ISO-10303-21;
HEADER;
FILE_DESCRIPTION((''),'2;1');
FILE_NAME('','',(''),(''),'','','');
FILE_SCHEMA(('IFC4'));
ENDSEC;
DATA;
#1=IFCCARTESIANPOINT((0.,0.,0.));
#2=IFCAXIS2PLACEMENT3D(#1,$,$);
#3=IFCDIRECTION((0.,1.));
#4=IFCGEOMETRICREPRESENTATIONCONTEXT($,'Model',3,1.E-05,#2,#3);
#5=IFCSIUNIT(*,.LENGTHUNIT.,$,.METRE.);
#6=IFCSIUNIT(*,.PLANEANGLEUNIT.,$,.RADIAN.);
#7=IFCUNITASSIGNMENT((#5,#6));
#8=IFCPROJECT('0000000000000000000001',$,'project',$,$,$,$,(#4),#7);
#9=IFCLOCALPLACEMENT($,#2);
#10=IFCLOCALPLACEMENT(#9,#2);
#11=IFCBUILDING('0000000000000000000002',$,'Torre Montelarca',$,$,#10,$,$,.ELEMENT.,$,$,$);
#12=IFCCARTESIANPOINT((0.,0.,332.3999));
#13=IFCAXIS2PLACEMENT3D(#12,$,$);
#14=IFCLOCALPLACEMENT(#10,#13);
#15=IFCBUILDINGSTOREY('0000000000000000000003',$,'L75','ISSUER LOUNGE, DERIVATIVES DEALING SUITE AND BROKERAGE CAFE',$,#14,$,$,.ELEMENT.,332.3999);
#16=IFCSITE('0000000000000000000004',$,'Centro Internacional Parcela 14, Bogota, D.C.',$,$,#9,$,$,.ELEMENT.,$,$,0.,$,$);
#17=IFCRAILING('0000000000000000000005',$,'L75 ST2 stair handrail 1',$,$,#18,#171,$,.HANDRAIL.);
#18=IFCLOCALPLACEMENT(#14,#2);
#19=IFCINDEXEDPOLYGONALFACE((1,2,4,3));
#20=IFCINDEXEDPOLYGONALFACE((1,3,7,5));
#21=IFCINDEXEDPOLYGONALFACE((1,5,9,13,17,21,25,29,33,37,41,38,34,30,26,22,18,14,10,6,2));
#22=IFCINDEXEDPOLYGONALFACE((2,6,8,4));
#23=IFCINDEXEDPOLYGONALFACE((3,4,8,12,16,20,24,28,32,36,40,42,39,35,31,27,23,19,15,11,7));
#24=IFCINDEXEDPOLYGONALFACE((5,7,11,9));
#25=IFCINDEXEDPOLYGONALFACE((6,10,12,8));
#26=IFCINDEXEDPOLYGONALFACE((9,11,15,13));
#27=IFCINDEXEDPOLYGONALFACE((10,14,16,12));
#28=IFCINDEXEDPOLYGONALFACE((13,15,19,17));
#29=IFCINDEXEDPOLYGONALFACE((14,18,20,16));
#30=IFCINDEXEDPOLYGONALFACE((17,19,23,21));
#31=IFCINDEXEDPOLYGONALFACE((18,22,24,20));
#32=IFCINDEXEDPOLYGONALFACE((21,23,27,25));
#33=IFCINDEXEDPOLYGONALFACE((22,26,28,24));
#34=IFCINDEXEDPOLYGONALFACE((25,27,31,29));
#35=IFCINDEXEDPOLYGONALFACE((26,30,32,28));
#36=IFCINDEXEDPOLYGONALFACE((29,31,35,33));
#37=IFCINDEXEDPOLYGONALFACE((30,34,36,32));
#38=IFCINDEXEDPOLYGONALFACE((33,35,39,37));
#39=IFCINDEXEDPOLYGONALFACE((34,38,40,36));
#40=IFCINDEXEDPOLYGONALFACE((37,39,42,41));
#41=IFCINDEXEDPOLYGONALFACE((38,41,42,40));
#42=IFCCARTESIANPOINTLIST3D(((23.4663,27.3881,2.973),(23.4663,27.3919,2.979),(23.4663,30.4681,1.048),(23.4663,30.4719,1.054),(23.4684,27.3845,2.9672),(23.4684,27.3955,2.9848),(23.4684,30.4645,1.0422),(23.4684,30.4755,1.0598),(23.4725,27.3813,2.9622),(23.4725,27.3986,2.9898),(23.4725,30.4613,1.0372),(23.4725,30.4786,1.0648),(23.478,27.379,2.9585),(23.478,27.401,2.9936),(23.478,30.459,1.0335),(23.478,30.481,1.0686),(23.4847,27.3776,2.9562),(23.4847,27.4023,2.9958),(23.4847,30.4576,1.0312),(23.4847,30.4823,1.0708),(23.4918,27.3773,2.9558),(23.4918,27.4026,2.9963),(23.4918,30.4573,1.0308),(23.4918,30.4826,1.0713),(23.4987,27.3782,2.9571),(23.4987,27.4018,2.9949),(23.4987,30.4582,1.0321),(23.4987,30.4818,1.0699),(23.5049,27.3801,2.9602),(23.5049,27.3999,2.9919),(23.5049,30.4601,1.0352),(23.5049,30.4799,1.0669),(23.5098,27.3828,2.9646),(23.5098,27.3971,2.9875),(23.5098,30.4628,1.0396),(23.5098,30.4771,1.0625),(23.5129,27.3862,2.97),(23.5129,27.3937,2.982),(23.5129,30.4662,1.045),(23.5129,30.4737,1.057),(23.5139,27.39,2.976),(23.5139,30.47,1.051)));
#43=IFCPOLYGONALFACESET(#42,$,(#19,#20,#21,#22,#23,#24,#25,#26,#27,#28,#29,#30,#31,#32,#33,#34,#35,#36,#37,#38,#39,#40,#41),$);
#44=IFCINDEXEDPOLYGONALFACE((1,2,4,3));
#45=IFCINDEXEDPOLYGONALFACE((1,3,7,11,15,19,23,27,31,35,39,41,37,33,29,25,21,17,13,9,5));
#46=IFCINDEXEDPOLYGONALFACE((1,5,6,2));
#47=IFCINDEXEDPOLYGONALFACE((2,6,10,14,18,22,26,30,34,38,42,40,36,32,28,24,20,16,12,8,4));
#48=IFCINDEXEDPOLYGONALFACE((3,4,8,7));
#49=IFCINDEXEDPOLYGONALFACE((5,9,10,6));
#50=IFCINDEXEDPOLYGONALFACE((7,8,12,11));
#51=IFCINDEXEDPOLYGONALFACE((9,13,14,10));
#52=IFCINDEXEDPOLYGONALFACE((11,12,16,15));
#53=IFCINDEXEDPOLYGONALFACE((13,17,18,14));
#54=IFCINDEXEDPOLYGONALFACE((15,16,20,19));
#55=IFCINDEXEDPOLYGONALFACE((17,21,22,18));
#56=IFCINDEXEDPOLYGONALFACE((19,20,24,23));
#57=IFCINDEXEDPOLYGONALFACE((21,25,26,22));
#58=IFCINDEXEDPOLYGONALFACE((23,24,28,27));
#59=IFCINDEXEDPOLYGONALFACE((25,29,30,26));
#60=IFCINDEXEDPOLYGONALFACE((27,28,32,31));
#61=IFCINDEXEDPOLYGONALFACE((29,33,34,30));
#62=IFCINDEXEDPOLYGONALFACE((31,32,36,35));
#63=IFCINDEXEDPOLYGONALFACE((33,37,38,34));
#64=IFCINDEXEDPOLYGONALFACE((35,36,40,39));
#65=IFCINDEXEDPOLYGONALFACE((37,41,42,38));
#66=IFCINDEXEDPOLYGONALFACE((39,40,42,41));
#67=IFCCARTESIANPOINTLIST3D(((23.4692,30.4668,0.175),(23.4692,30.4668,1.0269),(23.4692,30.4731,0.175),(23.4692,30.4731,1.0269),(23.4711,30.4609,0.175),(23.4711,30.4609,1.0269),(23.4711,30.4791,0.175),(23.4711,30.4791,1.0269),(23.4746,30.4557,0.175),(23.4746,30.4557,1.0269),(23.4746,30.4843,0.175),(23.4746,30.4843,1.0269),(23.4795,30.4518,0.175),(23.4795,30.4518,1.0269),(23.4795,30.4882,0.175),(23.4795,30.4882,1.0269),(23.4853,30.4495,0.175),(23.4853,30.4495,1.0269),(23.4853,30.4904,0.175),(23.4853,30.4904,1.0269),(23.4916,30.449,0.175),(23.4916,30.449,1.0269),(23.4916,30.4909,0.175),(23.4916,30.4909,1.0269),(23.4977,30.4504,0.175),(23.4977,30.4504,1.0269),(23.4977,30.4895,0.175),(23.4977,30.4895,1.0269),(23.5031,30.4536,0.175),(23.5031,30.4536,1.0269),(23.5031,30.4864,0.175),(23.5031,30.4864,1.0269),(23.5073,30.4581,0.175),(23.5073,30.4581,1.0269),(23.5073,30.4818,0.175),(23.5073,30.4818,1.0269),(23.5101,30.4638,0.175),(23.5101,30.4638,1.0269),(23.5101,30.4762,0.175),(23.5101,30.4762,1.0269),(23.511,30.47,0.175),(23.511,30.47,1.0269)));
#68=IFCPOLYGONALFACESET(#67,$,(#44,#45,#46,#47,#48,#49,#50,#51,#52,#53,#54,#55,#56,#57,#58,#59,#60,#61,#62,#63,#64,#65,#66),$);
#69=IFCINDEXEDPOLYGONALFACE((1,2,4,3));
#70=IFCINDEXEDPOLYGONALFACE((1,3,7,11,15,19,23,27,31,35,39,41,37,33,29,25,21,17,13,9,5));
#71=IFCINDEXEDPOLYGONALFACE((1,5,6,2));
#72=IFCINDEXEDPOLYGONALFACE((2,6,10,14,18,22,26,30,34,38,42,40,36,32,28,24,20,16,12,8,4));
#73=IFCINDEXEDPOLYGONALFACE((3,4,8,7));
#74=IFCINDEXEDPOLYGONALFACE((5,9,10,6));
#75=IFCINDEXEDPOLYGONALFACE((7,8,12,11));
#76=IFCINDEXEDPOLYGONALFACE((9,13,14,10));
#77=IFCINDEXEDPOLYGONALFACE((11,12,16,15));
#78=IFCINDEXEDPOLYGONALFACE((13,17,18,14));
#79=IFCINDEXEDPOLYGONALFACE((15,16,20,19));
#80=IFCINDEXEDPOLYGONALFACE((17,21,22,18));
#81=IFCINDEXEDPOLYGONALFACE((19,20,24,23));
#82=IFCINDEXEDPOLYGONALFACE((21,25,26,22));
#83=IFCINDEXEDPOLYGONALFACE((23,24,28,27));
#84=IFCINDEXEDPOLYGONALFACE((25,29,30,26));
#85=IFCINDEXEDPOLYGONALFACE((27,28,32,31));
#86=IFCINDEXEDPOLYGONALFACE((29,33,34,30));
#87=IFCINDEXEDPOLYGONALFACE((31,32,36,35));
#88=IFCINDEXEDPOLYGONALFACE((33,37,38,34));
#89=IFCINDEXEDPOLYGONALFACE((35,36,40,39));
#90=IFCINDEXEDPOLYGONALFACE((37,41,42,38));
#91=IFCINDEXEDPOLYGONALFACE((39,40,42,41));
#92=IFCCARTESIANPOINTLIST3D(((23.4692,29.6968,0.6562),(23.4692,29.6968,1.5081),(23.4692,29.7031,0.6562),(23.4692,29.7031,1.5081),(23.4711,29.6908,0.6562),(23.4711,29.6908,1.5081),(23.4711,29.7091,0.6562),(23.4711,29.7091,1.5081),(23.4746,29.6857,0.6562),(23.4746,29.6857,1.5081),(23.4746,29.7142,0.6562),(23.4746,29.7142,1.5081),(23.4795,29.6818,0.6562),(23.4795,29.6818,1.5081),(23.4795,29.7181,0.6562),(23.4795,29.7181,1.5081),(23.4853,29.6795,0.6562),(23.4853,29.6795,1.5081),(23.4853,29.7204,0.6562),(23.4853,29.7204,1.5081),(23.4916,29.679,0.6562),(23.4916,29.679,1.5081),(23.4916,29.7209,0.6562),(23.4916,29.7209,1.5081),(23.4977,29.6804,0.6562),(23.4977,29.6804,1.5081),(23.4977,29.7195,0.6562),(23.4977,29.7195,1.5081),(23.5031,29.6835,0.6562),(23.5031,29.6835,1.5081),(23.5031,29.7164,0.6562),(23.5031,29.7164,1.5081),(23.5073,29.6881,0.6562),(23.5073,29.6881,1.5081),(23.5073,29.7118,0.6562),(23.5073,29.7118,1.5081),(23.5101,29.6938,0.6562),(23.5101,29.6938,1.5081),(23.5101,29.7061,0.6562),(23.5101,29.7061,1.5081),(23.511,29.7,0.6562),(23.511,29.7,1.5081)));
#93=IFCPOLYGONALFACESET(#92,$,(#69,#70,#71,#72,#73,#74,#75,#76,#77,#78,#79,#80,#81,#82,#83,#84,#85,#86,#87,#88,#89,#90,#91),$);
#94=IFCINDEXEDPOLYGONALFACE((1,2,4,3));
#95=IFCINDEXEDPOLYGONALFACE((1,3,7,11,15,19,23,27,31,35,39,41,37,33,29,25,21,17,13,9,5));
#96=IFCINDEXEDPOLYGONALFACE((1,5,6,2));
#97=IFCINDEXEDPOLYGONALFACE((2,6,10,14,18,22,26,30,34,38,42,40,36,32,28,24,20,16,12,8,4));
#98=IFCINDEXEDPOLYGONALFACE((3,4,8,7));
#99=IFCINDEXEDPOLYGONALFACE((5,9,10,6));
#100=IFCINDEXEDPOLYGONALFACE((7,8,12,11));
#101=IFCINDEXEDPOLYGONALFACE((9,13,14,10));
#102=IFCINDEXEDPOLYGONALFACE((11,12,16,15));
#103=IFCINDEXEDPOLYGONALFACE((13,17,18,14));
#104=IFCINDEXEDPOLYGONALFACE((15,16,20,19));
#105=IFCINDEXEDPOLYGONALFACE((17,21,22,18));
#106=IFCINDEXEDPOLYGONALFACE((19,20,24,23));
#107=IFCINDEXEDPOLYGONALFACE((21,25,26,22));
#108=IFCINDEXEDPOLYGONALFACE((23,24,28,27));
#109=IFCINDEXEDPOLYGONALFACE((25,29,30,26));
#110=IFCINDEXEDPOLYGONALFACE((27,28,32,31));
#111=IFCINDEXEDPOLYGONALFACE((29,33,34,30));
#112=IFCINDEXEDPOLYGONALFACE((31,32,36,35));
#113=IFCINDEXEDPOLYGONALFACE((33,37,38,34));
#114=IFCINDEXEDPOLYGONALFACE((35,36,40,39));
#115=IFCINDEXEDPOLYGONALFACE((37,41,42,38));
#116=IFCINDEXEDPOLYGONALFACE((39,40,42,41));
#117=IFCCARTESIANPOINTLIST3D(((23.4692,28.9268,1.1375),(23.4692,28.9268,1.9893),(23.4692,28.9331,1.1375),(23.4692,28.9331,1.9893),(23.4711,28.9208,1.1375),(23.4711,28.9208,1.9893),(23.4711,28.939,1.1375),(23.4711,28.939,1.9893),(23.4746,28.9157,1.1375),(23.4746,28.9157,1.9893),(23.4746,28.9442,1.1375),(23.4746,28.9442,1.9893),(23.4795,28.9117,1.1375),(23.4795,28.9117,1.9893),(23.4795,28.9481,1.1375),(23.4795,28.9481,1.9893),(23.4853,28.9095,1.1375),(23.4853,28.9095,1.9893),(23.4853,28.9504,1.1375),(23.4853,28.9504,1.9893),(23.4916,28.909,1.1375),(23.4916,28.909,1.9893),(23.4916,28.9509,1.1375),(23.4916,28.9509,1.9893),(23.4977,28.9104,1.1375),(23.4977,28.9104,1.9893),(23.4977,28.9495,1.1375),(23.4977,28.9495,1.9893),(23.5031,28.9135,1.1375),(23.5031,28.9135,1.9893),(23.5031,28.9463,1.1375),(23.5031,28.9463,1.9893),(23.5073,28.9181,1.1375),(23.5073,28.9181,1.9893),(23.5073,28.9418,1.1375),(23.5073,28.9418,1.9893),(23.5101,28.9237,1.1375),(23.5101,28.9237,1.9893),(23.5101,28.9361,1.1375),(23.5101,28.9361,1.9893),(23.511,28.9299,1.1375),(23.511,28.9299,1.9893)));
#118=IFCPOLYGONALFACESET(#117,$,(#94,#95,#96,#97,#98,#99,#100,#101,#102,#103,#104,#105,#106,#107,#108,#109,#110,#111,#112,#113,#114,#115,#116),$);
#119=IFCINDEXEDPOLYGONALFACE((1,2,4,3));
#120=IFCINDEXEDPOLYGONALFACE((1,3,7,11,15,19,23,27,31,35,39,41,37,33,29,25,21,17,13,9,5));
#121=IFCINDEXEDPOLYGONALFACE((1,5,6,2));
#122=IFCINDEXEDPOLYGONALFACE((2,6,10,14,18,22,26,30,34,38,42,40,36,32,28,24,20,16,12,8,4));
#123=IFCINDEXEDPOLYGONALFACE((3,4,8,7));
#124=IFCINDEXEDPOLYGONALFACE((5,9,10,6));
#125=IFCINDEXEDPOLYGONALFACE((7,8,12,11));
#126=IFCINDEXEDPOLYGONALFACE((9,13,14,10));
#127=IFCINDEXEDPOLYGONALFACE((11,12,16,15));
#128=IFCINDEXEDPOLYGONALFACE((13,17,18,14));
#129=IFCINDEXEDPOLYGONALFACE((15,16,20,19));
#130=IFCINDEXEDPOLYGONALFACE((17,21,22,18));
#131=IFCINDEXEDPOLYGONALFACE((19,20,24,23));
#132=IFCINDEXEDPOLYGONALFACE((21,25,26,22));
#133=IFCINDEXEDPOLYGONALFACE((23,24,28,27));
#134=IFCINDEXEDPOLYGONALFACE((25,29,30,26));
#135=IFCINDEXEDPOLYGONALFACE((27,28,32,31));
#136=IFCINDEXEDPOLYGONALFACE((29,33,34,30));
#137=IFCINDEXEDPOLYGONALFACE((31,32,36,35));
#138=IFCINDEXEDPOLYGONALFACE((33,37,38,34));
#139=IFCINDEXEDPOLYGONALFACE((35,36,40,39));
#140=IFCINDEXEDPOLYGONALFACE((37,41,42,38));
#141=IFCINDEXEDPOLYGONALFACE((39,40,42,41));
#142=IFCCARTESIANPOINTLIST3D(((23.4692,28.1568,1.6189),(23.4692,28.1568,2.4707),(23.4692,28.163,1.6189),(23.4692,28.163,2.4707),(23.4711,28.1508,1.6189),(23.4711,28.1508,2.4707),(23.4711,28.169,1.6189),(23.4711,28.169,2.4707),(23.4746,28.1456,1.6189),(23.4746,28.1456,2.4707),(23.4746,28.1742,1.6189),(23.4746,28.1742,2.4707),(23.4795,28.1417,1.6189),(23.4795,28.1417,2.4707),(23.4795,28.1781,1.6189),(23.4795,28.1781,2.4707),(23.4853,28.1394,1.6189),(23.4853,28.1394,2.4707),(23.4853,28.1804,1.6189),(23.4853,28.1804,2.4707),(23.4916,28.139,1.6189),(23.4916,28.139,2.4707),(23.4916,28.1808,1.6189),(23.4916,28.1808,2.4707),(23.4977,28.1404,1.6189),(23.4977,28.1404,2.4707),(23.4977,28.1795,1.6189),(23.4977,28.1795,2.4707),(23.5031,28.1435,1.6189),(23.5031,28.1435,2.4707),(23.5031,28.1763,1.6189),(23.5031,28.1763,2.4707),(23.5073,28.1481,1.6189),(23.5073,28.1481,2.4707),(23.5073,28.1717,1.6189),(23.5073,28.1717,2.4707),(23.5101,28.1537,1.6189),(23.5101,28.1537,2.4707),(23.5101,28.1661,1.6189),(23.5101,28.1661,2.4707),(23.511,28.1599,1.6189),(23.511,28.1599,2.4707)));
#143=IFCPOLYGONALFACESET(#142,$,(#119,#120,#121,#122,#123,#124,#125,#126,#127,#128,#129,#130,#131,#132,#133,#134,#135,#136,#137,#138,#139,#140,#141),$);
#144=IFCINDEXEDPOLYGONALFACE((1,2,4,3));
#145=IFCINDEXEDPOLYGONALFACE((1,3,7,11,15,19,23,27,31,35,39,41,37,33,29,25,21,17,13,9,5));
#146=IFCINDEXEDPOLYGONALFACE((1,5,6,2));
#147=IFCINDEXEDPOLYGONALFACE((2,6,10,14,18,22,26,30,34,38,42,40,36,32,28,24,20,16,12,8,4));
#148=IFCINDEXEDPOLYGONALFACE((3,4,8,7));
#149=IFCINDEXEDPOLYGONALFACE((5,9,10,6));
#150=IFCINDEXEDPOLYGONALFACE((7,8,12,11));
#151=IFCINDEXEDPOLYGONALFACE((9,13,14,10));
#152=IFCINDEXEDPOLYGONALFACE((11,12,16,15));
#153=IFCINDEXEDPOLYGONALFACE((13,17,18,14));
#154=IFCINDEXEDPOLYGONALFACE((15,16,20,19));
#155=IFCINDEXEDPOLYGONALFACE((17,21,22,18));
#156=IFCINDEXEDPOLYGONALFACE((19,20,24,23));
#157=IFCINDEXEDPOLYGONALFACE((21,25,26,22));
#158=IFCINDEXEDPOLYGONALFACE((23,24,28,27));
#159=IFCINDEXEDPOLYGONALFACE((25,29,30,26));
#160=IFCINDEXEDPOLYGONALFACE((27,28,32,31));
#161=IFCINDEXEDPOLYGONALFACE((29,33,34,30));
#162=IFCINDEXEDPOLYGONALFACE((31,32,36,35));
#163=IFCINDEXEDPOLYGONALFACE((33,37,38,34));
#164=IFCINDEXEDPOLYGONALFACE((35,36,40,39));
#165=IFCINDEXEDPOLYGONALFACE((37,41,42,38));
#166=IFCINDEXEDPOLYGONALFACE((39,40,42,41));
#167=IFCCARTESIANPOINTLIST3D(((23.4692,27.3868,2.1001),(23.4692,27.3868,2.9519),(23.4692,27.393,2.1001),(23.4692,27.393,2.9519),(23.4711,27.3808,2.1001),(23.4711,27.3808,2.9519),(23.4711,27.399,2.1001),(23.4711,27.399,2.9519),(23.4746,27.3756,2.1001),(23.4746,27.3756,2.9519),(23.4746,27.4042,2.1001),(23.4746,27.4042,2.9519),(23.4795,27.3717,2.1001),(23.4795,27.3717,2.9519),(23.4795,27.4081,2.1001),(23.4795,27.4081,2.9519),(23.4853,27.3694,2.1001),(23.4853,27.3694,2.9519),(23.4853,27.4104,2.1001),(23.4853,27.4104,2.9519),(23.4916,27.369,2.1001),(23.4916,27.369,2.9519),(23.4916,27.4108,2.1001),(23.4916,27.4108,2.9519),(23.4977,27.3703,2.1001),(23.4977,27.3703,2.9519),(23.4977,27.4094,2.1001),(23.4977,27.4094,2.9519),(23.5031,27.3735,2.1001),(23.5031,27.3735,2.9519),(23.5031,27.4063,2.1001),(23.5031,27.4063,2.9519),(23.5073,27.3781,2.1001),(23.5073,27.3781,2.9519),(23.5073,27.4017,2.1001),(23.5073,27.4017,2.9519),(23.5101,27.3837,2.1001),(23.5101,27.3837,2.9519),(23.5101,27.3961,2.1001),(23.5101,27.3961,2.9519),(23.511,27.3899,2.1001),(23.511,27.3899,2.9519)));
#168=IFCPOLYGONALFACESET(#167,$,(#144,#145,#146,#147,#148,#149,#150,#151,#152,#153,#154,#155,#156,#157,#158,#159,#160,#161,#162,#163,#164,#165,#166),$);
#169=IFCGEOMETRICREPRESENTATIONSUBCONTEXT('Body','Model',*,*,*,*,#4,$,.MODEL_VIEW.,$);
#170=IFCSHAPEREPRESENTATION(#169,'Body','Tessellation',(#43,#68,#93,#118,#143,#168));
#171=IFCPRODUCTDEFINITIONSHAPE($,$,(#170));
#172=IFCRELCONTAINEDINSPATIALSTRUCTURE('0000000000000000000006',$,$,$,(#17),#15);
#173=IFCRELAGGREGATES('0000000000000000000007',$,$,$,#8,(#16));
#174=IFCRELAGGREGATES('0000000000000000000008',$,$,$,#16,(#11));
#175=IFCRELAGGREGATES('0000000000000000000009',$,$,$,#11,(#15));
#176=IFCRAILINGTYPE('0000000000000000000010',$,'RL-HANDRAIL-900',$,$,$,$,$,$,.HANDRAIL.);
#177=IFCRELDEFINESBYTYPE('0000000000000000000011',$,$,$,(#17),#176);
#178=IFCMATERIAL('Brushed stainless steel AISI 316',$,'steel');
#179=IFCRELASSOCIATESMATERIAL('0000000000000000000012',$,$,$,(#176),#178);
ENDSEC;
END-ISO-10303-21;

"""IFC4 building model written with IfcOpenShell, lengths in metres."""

from ifc_helpers import new_model, si_unit, direction, frame, origin, origin_2d, place, context, subcontext, project, spatial, circle, extrude, material, type_object, element, save


model = new_model("IFC4")

# Units and contexts
model_context = context("Model", 3, precision=1e-05, world=origin(), true_north=direction((0.0, 1.0)))
body_context = subcontext(model_context, "Body", "Model", "MODEL_VIEW")
ifc_project = project(units=[si_unit("LENGTHUNIT", "METRE"), si_unit("PLANEANGLEUNIT", "RADIAN")], contexts=[model_context])

# Site, building, storey
site_placement = place(None, origin())
site = spatial("IfcSite", under=ifc_project, at=site_placement, Name="Centro Internacional Parcela 14, Bogota, D.C.", CompositionType="ELEMENT", RefElevation=0.0)
building_placement = place(site_placement, origin())
building = spatial("IfcBuilding", under=site, at=building_placement, Name="Torre Montelarca", CompositionType="ELEMENT")
storey_placement = place(building_placement, frame((0.0, 0.0, 332.3999)))
storey = spatial("IfcBuildingStorey", under=building, at=storey_placement, Name="L75", Description="ISSUER LOUNGE, DERIVATIVES DEALING SUITE AND BROKERAGE CAFE", CompositionType="ELEMENT", Elevation=332.3999)

# Railing
ifc_material_1 = material(Name="Brushed stainless steel AISI 316", Category="steel")
railing_type_1 = type_object("IfcRailingType", Name="RL-HANDRAIL-900", PredefinedType="HANDRAIL", material=ifc_material_1)
railing_1_placement = place(storey_placement, frame((23.49, 30.47, 0.175)))
element("IfcRailing", 1, at=railing_1_placement, inside=storey, type_object=railing_type_1, Name="L75 ST2 stair handrail 1", PredefinedType="HANDRAIL", context=body_context, shape_type="SweptSolid", body=[
    extrude(circle(Radius=0.0239, at=origin_2d()), frame((0.0, 0.0, 0.876), z_axis=(0.0, -0.847998, 0.529999), x_axis=(1.0, 0.0, 0.0)), (0.0, 0.0, 1.0), 3.6321),
    extrude(circle(Radius=0.021, at=origin_2d()), origin(), (0.0, 0.0, 1.0), 0.8518),
    extrude(circle(Radius=0.021, at=origin_2d()), frame((0.0, -0.77, 0.4812)), (0.0, 0.0, 1.0), 0.8518),
    extrude(circle(Radius=0.021, at=origin_2d()), frame((0.0, -1.54, 0.9624)), (0.0, 0.0, 1.0), 0.8518),
    extrude(circle(Radius=0.021, at=origin_2d()), frame((0.0, -2.3101, 1.4438)), (0.0, 0.0, 1.0), 0.8518),
    extrude(circle(Radius=0.021, at=origin_2d()), frame((0.0, -3.0801, 1.925)), (0.0, 0.0, 1.0), 0.8518),
])

save(model, "model.ifc")
